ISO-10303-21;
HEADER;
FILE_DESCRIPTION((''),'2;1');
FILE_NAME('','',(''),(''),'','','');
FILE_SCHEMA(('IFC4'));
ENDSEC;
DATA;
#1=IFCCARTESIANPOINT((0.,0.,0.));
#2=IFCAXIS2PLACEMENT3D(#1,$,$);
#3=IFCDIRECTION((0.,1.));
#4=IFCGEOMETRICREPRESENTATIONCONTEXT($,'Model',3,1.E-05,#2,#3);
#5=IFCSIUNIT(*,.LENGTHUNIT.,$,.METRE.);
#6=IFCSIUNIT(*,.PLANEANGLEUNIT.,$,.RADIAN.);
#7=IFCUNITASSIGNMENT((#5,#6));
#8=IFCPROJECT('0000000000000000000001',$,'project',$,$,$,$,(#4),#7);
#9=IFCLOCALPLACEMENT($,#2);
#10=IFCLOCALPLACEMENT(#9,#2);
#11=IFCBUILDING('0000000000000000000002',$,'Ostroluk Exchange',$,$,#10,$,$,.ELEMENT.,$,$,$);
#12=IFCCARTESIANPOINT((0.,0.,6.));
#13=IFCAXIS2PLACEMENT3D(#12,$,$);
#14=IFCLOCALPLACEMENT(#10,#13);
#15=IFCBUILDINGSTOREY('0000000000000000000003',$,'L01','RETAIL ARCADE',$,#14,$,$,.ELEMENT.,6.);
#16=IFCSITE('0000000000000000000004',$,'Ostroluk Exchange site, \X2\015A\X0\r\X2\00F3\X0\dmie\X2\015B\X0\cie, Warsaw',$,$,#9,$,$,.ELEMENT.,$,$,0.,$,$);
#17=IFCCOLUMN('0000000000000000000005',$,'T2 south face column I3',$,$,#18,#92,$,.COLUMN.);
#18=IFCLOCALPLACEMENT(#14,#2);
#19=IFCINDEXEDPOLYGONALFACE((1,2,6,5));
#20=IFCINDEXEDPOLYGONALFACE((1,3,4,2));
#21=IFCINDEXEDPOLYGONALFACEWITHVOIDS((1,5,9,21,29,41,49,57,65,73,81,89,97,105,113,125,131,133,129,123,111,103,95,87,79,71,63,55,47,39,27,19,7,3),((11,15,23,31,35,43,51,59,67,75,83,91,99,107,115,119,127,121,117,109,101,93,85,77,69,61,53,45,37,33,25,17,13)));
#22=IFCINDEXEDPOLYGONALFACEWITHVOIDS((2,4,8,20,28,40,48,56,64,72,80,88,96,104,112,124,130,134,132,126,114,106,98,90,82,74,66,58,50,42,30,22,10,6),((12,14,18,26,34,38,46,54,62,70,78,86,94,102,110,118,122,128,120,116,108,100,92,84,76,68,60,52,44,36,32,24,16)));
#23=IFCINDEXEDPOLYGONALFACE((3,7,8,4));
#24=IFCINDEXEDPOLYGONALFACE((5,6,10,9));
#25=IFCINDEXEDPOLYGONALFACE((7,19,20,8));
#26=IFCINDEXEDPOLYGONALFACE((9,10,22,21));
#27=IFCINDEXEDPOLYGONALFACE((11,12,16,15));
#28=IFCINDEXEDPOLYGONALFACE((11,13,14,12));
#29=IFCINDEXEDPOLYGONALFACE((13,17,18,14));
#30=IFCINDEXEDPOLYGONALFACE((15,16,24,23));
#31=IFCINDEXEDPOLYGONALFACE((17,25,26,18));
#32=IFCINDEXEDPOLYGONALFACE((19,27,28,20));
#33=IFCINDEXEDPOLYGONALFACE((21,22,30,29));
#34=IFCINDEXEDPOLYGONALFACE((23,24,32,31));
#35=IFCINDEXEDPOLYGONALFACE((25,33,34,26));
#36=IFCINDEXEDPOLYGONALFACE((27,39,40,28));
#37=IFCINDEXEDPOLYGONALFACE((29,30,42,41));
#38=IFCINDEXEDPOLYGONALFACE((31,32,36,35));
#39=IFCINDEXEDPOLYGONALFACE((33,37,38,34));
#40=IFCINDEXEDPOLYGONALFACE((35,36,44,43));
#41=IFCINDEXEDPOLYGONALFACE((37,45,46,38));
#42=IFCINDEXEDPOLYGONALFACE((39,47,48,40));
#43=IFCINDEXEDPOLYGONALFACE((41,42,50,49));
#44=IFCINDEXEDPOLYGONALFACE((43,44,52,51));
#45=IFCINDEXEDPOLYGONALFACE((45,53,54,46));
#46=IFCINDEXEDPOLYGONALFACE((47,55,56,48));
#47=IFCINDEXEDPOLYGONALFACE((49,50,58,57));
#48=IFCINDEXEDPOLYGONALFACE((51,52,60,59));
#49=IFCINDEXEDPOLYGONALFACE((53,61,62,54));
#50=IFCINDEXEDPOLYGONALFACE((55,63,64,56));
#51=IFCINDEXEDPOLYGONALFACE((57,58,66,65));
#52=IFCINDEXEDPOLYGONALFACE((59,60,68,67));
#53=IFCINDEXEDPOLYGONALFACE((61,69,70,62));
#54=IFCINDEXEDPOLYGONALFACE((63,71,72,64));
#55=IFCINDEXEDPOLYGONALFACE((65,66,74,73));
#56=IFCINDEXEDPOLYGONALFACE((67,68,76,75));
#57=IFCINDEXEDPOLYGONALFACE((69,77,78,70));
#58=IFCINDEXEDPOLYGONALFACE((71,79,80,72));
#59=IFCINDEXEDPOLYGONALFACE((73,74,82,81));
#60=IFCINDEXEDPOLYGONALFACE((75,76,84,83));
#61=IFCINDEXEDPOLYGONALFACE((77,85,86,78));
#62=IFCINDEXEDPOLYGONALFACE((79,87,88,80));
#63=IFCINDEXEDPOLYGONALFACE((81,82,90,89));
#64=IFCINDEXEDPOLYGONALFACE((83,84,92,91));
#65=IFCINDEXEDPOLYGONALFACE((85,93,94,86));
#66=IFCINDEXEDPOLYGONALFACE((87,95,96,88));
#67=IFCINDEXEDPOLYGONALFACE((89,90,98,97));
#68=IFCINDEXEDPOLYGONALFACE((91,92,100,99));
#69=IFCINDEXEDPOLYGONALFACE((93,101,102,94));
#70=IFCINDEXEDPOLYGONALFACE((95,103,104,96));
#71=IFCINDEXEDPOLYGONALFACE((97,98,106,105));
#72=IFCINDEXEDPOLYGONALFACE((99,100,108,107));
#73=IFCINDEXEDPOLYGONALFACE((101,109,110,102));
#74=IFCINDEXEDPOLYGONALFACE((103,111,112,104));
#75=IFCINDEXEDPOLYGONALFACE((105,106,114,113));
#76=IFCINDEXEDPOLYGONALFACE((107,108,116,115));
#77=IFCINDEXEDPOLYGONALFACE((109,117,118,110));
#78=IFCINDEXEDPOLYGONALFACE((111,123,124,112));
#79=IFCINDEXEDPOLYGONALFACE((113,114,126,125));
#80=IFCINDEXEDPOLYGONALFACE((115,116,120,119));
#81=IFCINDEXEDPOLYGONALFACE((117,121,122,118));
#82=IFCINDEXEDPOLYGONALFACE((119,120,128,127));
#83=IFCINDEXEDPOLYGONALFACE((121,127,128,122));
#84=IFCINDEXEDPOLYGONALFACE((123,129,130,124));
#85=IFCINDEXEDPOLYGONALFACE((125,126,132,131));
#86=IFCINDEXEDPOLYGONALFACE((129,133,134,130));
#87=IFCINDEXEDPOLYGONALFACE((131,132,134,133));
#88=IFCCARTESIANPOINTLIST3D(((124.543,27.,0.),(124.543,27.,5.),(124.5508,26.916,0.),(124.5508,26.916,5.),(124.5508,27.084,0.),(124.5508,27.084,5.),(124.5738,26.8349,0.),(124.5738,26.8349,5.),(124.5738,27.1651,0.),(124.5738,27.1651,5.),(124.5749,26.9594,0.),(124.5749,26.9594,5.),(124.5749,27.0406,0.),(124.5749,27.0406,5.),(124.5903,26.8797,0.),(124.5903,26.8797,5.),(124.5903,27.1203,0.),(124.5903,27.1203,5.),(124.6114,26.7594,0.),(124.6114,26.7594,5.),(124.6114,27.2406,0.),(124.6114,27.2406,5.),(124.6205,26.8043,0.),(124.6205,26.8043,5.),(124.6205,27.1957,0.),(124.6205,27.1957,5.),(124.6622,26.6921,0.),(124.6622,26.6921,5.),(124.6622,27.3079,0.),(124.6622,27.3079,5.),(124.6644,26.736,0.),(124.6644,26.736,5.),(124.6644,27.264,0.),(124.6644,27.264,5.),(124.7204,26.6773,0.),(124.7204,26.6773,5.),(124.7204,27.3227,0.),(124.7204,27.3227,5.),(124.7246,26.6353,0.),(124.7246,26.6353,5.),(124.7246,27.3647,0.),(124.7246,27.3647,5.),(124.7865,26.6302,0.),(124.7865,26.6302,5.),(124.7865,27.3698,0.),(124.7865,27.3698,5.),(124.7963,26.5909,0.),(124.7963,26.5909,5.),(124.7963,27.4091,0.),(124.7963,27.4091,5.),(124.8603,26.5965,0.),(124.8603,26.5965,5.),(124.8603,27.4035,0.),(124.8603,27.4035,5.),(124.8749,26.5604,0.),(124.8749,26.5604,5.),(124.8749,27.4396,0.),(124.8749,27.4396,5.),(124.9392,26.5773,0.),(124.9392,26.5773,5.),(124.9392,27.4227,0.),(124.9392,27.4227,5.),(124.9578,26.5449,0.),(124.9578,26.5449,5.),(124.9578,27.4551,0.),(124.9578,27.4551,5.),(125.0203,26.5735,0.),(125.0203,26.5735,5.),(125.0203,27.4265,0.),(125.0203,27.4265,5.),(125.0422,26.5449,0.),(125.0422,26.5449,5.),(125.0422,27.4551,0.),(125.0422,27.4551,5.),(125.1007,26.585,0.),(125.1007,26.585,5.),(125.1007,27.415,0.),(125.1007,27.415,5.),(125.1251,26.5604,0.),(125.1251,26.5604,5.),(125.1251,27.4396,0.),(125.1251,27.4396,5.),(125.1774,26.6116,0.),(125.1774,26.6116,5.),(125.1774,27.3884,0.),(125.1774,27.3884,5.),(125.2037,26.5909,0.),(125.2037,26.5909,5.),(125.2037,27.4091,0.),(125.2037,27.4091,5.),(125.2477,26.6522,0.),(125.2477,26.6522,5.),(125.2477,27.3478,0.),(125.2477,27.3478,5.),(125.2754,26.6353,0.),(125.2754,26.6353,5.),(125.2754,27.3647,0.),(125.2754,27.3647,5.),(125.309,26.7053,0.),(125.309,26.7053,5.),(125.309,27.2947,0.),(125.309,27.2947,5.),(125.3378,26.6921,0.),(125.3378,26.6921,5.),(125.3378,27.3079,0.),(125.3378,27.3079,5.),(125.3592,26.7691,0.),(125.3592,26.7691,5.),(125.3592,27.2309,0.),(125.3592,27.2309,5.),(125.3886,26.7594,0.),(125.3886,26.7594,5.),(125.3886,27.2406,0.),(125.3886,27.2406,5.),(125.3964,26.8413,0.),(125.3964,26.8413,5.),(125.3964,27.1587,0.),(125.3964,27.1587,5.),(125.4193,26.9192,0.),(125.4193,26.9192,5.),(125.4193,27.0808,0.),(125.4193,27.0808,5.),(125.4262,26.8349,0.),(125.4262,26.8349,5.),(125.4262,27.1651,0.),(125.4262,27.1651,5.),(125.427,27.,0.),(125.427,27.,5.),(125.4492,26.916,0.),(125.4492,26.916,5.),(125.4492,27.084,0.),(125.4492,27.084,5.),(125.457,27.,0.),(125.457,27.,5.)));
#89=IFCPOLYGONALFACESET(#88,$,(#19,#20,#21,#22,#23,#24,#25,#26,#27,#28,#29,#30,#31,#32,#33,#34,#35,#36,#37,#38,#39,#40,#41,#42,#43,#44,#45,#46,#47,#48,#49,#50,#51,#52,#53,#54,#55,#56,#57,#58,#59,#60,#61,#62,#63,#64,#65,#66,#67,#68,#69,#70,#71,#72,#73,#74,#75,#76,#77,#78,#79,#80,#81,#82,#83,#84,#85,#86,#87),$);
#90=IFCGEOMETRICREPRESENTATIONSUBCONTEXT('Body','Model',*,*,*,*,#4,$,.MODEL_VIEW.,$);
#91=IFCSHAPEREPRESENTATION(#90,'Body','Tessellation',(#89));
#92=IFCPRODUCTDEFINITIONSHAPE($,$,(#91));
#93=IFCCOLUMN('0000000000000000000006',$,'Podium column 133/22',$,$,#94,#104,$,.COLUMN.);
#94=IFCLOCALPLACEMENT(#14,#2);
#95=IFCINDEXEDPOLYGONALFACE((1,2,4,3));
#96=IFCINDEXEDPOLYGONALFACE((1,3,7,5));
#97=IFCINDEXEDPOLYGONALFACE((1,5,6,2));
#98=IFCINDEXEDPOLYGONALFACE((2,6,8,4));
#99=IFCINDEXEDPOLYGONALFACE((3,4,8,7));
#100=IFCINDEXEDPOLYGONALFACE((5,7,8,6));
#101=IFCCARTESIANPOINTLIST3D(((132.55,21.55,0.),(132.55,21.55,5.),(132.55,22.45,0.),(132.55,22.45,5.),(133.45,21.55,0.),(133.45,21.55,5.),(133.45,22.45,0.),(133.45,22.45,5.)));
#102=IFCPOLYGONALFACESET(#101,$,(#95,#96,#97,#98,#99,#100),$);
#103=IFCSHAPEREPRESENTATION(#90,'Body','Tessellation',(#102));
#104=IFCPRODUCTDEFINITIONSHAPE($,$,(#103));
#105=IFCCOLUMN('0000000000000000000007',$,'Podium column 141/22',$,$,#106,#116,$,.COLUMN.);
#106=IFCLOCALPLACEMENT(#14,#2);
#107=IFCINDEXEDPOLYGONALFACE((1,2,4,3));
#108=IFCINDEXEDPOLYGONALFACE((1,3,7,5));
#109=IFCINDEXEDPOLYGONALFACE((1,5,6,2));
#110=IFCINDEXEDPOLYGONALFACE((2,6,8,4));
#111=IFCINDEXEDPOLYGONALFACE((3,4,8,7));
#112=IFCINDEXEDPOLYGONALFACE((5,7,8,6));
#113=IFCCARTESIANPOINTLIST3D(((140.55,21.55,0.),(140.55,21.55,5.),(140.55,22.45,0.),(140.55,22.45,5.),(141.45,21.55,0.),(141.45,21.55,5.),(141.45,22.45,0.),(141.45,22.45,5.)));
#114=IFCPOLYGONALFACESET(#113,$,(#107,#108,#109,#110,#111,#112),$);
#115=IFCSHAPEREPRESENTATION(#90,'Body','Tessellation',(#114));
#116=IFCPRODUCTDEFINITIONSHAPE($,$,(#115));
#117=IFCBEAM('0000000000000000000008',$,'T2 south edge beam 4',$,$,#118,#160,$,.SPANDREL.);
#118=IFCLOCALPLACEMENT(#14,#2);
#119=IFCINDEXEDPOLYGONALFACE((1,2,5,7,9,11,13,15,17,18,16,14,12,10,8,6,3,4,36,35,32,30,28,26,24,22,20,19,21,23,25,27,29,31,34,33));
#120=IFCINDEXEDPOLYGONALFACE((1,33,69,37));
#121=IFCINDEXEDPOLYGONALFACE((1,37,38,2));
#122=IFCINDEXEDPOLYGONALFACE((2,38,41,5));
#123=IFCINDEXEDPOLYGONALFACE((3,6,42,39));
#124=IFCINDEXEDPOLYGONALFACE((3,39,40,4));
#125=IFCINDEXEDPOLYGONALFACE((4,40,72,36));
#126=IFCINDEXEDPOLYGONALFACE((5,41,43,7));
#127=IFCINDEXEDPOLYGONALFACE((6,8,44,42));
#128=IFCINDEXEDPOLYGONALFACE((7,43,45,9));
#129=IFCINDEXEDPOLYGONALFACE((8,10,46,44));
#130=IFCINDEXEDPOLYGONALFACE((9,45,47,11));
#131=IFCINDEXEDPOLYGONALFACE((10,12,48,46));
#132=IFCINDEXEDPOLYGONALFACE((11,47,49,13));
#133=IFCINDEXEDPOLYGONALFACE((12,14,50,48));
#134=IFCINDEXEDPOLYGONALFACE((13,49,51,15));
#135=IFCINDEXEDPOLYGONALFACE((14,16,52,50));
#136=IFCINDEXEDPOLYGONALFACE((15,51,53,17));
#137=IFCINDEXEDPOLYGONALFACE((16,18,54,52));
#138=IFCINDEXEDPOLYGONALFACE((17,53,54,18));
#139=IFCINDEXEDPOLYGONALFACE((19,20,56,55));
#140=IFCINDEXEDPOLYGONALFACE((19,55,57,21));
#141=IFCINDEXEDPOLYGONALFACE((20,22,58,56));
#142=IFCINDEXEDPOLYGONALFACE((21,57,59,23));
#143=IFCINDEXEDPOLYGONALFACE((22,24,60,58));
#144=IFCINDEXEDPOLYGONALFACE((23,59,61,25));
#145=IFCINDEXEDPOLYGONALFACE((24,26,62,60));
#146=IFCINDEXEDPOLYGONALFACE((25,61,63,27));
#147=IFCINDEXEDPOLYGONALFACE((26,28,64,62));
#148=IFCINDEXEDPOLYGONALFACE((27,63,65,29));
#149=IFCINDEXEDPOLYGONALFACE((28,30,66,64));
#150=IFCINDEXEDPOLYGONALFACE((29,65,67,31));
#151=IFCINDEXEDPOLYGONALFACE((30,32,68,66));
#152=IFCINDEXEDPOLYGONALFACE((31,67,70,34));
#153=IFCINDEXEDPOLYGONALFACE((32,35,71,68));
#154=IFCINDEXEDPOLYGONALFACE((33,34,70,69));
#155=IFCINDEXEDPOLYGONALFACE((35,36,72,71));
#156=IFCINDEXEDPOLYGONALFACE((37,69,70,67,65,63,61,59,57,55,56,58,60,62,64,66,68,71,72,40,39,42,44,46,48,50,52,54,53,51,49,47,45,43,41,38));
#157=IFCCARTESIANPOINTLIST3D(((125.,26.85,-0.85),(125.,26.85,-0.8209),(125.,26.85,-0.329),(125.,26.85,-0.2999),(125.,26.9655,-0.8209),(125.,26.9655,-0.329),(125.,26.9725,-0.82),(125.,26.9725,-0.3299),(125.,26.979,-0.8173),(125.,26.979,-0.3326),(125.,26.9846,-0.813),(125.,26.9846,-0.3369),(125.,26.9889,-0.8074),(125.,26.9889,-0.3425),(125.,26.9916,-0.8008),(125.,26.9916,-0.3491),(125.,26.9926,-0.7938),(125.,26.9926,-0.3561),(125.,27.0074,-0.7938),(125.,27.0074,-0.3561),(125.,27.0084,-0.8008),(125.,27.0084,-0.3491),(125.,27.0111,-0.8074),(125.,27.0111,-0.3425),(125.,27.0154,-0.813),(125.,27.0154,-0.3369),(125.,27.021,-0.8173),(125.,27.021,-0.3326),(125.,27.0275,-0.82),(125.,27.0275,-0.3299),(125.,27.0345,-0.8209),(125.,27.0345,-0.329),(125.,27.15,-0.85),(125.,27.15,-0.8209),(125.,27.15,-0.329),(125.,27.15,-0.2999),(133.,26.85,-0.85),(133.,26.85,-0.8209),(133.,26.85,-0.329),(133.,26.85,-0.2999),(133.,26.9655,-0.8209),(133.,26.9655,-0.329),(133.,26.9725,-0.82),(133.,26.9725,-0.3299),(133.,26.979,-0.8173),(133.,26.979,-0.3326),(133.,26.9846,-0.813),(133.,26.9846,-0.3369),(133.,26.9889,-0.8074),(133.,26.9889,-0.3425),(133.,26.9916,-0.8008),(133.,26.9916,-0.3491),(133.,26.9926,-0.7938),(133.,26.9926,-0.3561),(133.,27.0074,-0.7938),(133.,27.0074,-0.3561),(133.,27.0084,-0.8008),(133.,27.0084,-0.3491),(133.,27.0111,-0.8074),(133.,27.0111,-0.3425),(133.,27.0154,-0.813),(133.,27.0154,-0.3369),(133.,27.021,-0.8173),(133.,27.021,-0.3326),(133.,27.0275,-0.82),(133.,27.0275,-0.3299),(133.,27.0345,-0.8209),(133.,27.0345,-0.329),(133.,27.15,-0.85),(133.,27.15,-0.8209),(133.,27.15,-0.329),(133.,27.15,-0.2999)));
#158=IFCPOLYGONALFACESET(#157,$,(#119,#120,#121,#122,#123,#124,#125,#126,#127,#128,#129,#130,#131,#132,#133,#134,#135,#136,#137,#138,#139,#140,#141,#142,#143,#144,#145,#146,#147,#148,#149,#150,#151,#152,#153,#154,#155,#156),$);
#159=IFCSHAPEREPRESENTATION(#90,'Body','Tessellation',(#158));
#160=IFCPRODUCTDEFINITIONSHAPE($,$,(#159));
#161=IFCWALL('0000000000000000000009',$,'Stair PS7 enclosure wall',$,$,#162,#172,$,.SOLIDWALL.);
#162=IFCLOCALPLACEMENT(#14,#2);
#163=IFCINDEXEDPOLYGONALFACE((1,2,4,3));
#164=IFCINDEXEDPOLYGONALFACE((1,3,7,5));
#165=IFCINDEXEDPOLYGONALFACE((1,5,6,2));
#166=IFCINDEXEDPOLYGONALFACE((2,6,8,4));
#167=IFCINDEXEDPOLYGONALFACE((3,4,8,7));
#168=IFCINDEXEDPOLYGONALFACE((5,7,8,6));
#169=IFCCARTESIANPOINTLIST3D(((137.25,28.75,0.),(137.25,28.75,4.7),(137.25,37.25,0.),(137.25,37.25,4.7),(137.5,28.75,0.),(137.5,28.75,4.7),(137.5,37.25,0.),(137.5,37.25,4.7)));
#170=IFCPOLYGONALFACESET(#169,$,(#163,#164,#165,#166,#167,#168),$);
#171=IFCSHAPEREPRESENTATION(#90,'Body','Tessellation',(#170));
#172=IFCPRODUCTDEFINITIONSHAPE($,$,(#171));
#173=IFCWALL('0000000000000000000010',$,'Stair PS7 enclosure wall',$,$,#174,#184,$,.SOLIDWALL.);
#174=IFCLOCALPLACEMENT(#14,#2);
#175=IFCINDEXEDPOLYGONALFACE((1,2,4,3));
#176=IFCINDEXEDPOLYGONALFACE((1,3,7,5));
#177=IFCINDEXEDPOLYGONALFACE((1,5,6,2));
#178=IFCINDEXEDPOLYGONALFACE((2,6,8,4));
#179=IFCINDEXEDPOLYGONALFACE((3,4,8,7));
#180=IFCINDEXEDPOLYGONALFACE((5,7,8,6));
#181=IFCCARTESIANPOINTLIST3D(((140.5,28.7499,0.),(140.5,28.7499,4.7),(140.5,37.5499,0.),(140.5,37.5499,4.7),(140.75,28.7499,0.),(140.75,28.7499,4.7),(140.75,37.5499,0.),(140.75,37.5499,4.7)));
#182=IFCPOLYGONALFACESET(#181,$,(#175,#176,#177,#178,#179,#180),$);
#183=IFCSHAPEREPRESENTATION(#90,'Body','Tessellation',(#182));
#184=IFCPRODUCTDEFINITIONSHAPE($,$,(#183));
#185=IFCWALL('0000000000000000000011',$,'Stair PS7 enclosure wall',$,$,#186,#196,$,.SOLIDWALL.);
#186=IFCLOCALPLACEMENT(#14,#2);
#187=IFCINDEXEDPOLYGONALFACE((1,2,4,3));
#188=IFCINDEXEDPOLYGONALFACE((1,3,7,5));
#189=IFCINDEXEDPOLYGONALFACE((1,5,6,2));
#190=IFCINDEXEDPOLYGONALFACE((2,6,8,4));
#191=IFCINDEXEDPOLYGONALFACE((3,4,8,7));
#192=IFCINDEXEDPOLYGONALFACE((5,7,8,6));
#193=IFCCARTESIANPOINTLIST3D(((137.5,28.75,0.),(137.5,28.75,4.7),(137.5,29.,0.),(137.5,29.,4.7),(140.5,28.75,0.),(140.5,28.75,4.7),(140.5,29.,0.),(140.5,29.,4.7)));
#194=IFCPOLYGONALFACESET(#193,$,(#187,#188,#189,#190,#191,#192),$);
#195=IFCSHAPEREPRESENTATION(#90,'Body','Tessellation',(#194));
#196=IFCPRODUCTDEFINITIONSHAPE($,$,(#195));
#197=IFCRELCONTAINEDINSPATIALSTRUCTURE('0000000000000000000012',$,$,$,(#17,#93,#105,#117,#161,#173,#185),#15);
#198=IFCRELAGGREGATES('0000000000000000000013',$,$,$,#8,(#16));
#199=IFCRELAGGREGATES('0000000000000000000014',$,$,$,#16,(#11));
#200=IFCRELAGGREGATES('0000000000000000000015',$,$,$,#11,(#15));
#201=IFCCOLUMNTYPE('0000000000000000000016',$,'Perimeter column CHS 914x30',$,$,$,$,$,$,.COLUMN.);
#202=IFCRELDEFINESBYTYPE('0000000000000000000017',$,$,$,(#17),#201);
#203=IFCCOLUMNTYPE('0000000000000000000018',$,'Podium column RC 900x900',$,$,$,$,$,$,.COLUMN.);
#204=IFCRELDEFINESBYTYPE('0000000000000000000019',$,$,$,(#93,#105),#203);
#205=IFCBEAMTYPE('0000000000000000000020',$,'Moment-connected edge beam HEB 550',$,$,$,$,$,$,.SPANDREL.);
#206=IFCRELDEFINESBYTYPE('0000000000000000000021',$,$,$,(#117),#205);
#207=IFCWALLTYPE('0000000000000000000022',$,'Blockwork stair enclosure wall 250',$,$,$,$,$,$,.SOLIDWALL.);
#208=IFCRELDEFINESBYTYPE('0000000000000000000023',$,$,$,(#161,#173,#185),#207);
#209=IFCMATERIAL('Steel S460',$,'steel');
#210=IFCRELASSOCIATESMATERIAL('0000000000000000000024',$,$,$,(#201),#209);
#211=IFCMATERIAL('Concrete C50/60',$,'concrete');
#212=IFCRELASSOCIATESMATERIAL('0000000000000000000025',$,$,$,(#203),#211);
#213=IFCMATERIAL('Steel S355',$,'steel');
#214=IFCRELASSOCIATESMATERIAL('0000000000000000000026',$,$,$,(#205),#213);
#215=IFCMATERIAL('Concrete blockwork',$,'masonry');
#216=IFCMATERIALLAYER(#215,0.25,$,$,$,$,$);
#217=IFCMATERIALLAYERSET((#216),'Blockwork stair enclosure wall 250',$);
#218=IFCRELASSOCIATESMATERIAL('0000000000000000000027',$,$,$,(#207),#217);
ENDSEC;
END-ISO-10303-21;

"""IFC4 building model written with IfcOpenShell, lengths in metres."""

from ifc_helpers import new_model, si_unit, direction, frame, frame_2d, origin, origin_2d, place, context, subcontext, project, spatial, rectangle, hollow_circle, i_section, extrude, material, layer, layer_set, material_profile, profile_set, type_object, element, save


model = new_model("IFC4")

# Units and contexts
model_context = context("Model", 3, precision=1e-05, world=origin(), true_north=direction((0.0, 1.0)))
body_context = subcontext(model_context, "Body", "Model", "MODEL_VIEW")
ifc_project = project(units=[si_unit("LENGTHUNIT", "METRE"), si_unit("PLANEANGLEUNIT", "RADIAN")], contexts=[model_context])

# Site, building, storey
site_placement = place(None, origin())
site = spatial("IfcSite", under=ifc_project, at=site_placement, Name="Ostroluk Exchange site, Śródmieście, Warsaw", CompositionType="ELEMENT", RefElevation=0.0)
building_placement = place(site_placement, origin())
building = spatial("IfcBuilding", under=site, at=building_placement, Name="Ostroluk Exchange", CompositionType="ELEMENT")
storey_placement = place(building_placement, frame((0.0, 0.0, 6.0)))
storey = spatial("IfcBuildingStorey", under=building, at=storey_placement, Name="L01", Description="RETAIL ARCADE", CompositionType="ELEMENT", Elevation=6.0)

# Columns
ifc_material_1 = material(Name="Steel S460", Category="steel")
ifc_material_profile_1 = material_profile(ifc_material_1, hollow_circle(Radius=0.457, WallThickness=0.03, at=origin_2d()), Name="CHS 914x30")
ifc_profile_set_1 = profile_set([ifc_material_profile_1], Name="Steel S460")
column_type_1 = type_object("IfcColumnType", Name="Perimeter column CHS 914x30", PredefinedType="COLUMN", material=ifc_profile_set_1)
for number, where, z_axis, x_axis, name in (
    (1, (125.0, 27.0, 0.0), (0.0, 0.0, 1.0), (1.0, 0.0, 0.0), "T2 south face column I3"),
):
    element("IfcColumn", number, at=place(storey_placement, frame(where, z_axis=z_axis, x_axis=x_axis)), inside=storey, type_object=column_type_1, Name=name, PredefinedType="COLUMN", context=body_context, shape_type="SweptSolid", body=[
        extrude(hollow_circle(Radius=0.457, WallThickness=0.03, at=origin_2d()), origin(), (0.0, 0.0, 1.0), 5.0),
    ])
ifc_material_2 = material(Name="Concrete C50/60", Category="concrete")
ifc_material_profile_2 = material_profile(ifc_material_2, rectangle(XDim=0.8999, YDim=0.8999, at=origin_2d()), Name="RC 900x900")
ifc_profile_set_2 = profile_set([ifc_material_profile_2], Name="Concrete C50/60")
column_type_2 = type_object("IfcColumnType", Name="Podium column RC 900x900", PredefinedType="COLUMN", material=ifc_profile_set_2)
for number, where, z_axis, x_axis, name in (
    (2, (133.0, 22.0, 0.0), (0.0, 0.0, 1.0), (1.0, 0.0, 0.0), "Podium column 133/22"),
    (3, (141.0, 22.0, 0.0), (0.0, 0.0, 1.0), (1.0, 0.0, 0.0), "Podium column 141/22"),
):
    element("IfcColumn", number, at=place(storey_placement, frame(where, z_axis=z_axis, x_axis=x_axis)), inside=storey, type_object=column_type_2, Name=name, PredefinedType="COLUMN", context=body_context, shape_type="SweptSolid", body=[
        extrude(rectangle(XDim=0.8999, YDim=0.8999, at=origin_2d()), origin(), (0.0, 0.0, 1.0), 5.0),
    ])

# Beam
ifc_material_3 = material(Name="Steel S355", Category="steel")
ifc_material_profile_3 = material_profile(ifc_material_3, i_section(OverallWidth=0.3, OverallDepth=0.55, WebThickness=0.0149, FlangeThickness=0.0291, FilletRadius=0.0271, at=origin_2d()), Name="HEB 550")
ifc_profile_set_3 = profile_set([ifc_material_profile_3], Name="Steel S355")
beam_type = type_object("IfcBeamType", Name="Moment-connected edge beam HEB 550", PredefinedType="SPANDREL", material=ifc_profile_set_3)
beam_placement = place(storey_placement, frame((125.0, 27.0, -0.575), z_axis=(1.0, 0.0, 0.0), x_axis=(0.0, 1.0, 0.0)))
element("IfcBeam", 4, at=beam_placement, inside=storey, type_object=beam_type, Name="T2 south edge beam 4", PredefinedType="SPANDREL", context=body_context, shape_type="SweptSolid", body=[
    extrude(i_section(OverallWidth=0.3, OverallDepth=0.55, WebThickness=0.0149, FlangeThickness=0.0291, FilletRadius=0.0271, at=origin_2d()), origin(), (0.0, 0.0, 1.0), 8.0),
])

# Walls
ifc_material_4 = material(Name="Concrete blockwork", Category="masonry")
ifc_layer_1 = layer(ifc_material_4, 0.25)
ifc_layer_set_1 = layer_set([ifc_layer_1], Name="Blockwork stair enclosure wall 250")
wall_type_1 = type_object("IfcWallType", Name="Blockwork stair enclosure wall 250", PredefinedType="SOLIDWALL", material=ifc_layer_set_1)
wall_1_placement = place(storey_placement, frame((137.375, 28.75, 0.0), z_axis=(0.0, 0.0, 1.0), x_axis=(0.0, 1.0, 0.0)))
element("IfcWall", 5, at=wall_1_placement, inside=storey, type_object=wall_type_1, Name="Stair PS7 enclosure wall", PredefinedType="SOLIDWALL", context=body_context, shape_type="SweptSolid", body=[
    extrude(rectangle(XDim=8.5, YDim=0.25, at=frame_2d((4.25, 0.0))), origin(), (0.0, 0.0, 1.0), 4.7),
])
wall_2_placement = place(storey_placement, frame((140.625, 28.75, 0.0), z_axis=(0.0, 0.0, 1.0), x_axis=(0.0, 1.0, 0.0)))
element("IfcWall", 6, at=wall_2_placement, inside=storey, type_object=wall_type_1, Name="Stair PS7 enclosure wall", PredefinedType="SOLIDWALL", context=body_context, shape_type="SweptSolid", body=[
    extrude(rectangle(XDim=8.8, YDim=0.25, at=frame_2d((4.3999, 0.0))), origin(), (0.0, 0.0, 1.0), 4.7),
])
wall_3_placement = place(storey_placement, frame((137.5, 28.875, 0.0), z_axis=(0.0, 0.0, 1.0), x_axis=(1.0, 0.0, 0.0)))
element("IfcWall", 7, at=wall_3_placement, inside=storey, type_object=wall_type_1, Name="Stair PS7 enclosure wall", PredefinedType="SOLIDWALL", context=body_context, shape_type="SweptSolid", body=[
    extrude(rectangle(XDim=3.0, YDim=0.25, at=frame_2d((1.5, 0.0))), origin(), (0.0, 0.0, 1.0), 4.7),
])

save(model, "model.ifc")
